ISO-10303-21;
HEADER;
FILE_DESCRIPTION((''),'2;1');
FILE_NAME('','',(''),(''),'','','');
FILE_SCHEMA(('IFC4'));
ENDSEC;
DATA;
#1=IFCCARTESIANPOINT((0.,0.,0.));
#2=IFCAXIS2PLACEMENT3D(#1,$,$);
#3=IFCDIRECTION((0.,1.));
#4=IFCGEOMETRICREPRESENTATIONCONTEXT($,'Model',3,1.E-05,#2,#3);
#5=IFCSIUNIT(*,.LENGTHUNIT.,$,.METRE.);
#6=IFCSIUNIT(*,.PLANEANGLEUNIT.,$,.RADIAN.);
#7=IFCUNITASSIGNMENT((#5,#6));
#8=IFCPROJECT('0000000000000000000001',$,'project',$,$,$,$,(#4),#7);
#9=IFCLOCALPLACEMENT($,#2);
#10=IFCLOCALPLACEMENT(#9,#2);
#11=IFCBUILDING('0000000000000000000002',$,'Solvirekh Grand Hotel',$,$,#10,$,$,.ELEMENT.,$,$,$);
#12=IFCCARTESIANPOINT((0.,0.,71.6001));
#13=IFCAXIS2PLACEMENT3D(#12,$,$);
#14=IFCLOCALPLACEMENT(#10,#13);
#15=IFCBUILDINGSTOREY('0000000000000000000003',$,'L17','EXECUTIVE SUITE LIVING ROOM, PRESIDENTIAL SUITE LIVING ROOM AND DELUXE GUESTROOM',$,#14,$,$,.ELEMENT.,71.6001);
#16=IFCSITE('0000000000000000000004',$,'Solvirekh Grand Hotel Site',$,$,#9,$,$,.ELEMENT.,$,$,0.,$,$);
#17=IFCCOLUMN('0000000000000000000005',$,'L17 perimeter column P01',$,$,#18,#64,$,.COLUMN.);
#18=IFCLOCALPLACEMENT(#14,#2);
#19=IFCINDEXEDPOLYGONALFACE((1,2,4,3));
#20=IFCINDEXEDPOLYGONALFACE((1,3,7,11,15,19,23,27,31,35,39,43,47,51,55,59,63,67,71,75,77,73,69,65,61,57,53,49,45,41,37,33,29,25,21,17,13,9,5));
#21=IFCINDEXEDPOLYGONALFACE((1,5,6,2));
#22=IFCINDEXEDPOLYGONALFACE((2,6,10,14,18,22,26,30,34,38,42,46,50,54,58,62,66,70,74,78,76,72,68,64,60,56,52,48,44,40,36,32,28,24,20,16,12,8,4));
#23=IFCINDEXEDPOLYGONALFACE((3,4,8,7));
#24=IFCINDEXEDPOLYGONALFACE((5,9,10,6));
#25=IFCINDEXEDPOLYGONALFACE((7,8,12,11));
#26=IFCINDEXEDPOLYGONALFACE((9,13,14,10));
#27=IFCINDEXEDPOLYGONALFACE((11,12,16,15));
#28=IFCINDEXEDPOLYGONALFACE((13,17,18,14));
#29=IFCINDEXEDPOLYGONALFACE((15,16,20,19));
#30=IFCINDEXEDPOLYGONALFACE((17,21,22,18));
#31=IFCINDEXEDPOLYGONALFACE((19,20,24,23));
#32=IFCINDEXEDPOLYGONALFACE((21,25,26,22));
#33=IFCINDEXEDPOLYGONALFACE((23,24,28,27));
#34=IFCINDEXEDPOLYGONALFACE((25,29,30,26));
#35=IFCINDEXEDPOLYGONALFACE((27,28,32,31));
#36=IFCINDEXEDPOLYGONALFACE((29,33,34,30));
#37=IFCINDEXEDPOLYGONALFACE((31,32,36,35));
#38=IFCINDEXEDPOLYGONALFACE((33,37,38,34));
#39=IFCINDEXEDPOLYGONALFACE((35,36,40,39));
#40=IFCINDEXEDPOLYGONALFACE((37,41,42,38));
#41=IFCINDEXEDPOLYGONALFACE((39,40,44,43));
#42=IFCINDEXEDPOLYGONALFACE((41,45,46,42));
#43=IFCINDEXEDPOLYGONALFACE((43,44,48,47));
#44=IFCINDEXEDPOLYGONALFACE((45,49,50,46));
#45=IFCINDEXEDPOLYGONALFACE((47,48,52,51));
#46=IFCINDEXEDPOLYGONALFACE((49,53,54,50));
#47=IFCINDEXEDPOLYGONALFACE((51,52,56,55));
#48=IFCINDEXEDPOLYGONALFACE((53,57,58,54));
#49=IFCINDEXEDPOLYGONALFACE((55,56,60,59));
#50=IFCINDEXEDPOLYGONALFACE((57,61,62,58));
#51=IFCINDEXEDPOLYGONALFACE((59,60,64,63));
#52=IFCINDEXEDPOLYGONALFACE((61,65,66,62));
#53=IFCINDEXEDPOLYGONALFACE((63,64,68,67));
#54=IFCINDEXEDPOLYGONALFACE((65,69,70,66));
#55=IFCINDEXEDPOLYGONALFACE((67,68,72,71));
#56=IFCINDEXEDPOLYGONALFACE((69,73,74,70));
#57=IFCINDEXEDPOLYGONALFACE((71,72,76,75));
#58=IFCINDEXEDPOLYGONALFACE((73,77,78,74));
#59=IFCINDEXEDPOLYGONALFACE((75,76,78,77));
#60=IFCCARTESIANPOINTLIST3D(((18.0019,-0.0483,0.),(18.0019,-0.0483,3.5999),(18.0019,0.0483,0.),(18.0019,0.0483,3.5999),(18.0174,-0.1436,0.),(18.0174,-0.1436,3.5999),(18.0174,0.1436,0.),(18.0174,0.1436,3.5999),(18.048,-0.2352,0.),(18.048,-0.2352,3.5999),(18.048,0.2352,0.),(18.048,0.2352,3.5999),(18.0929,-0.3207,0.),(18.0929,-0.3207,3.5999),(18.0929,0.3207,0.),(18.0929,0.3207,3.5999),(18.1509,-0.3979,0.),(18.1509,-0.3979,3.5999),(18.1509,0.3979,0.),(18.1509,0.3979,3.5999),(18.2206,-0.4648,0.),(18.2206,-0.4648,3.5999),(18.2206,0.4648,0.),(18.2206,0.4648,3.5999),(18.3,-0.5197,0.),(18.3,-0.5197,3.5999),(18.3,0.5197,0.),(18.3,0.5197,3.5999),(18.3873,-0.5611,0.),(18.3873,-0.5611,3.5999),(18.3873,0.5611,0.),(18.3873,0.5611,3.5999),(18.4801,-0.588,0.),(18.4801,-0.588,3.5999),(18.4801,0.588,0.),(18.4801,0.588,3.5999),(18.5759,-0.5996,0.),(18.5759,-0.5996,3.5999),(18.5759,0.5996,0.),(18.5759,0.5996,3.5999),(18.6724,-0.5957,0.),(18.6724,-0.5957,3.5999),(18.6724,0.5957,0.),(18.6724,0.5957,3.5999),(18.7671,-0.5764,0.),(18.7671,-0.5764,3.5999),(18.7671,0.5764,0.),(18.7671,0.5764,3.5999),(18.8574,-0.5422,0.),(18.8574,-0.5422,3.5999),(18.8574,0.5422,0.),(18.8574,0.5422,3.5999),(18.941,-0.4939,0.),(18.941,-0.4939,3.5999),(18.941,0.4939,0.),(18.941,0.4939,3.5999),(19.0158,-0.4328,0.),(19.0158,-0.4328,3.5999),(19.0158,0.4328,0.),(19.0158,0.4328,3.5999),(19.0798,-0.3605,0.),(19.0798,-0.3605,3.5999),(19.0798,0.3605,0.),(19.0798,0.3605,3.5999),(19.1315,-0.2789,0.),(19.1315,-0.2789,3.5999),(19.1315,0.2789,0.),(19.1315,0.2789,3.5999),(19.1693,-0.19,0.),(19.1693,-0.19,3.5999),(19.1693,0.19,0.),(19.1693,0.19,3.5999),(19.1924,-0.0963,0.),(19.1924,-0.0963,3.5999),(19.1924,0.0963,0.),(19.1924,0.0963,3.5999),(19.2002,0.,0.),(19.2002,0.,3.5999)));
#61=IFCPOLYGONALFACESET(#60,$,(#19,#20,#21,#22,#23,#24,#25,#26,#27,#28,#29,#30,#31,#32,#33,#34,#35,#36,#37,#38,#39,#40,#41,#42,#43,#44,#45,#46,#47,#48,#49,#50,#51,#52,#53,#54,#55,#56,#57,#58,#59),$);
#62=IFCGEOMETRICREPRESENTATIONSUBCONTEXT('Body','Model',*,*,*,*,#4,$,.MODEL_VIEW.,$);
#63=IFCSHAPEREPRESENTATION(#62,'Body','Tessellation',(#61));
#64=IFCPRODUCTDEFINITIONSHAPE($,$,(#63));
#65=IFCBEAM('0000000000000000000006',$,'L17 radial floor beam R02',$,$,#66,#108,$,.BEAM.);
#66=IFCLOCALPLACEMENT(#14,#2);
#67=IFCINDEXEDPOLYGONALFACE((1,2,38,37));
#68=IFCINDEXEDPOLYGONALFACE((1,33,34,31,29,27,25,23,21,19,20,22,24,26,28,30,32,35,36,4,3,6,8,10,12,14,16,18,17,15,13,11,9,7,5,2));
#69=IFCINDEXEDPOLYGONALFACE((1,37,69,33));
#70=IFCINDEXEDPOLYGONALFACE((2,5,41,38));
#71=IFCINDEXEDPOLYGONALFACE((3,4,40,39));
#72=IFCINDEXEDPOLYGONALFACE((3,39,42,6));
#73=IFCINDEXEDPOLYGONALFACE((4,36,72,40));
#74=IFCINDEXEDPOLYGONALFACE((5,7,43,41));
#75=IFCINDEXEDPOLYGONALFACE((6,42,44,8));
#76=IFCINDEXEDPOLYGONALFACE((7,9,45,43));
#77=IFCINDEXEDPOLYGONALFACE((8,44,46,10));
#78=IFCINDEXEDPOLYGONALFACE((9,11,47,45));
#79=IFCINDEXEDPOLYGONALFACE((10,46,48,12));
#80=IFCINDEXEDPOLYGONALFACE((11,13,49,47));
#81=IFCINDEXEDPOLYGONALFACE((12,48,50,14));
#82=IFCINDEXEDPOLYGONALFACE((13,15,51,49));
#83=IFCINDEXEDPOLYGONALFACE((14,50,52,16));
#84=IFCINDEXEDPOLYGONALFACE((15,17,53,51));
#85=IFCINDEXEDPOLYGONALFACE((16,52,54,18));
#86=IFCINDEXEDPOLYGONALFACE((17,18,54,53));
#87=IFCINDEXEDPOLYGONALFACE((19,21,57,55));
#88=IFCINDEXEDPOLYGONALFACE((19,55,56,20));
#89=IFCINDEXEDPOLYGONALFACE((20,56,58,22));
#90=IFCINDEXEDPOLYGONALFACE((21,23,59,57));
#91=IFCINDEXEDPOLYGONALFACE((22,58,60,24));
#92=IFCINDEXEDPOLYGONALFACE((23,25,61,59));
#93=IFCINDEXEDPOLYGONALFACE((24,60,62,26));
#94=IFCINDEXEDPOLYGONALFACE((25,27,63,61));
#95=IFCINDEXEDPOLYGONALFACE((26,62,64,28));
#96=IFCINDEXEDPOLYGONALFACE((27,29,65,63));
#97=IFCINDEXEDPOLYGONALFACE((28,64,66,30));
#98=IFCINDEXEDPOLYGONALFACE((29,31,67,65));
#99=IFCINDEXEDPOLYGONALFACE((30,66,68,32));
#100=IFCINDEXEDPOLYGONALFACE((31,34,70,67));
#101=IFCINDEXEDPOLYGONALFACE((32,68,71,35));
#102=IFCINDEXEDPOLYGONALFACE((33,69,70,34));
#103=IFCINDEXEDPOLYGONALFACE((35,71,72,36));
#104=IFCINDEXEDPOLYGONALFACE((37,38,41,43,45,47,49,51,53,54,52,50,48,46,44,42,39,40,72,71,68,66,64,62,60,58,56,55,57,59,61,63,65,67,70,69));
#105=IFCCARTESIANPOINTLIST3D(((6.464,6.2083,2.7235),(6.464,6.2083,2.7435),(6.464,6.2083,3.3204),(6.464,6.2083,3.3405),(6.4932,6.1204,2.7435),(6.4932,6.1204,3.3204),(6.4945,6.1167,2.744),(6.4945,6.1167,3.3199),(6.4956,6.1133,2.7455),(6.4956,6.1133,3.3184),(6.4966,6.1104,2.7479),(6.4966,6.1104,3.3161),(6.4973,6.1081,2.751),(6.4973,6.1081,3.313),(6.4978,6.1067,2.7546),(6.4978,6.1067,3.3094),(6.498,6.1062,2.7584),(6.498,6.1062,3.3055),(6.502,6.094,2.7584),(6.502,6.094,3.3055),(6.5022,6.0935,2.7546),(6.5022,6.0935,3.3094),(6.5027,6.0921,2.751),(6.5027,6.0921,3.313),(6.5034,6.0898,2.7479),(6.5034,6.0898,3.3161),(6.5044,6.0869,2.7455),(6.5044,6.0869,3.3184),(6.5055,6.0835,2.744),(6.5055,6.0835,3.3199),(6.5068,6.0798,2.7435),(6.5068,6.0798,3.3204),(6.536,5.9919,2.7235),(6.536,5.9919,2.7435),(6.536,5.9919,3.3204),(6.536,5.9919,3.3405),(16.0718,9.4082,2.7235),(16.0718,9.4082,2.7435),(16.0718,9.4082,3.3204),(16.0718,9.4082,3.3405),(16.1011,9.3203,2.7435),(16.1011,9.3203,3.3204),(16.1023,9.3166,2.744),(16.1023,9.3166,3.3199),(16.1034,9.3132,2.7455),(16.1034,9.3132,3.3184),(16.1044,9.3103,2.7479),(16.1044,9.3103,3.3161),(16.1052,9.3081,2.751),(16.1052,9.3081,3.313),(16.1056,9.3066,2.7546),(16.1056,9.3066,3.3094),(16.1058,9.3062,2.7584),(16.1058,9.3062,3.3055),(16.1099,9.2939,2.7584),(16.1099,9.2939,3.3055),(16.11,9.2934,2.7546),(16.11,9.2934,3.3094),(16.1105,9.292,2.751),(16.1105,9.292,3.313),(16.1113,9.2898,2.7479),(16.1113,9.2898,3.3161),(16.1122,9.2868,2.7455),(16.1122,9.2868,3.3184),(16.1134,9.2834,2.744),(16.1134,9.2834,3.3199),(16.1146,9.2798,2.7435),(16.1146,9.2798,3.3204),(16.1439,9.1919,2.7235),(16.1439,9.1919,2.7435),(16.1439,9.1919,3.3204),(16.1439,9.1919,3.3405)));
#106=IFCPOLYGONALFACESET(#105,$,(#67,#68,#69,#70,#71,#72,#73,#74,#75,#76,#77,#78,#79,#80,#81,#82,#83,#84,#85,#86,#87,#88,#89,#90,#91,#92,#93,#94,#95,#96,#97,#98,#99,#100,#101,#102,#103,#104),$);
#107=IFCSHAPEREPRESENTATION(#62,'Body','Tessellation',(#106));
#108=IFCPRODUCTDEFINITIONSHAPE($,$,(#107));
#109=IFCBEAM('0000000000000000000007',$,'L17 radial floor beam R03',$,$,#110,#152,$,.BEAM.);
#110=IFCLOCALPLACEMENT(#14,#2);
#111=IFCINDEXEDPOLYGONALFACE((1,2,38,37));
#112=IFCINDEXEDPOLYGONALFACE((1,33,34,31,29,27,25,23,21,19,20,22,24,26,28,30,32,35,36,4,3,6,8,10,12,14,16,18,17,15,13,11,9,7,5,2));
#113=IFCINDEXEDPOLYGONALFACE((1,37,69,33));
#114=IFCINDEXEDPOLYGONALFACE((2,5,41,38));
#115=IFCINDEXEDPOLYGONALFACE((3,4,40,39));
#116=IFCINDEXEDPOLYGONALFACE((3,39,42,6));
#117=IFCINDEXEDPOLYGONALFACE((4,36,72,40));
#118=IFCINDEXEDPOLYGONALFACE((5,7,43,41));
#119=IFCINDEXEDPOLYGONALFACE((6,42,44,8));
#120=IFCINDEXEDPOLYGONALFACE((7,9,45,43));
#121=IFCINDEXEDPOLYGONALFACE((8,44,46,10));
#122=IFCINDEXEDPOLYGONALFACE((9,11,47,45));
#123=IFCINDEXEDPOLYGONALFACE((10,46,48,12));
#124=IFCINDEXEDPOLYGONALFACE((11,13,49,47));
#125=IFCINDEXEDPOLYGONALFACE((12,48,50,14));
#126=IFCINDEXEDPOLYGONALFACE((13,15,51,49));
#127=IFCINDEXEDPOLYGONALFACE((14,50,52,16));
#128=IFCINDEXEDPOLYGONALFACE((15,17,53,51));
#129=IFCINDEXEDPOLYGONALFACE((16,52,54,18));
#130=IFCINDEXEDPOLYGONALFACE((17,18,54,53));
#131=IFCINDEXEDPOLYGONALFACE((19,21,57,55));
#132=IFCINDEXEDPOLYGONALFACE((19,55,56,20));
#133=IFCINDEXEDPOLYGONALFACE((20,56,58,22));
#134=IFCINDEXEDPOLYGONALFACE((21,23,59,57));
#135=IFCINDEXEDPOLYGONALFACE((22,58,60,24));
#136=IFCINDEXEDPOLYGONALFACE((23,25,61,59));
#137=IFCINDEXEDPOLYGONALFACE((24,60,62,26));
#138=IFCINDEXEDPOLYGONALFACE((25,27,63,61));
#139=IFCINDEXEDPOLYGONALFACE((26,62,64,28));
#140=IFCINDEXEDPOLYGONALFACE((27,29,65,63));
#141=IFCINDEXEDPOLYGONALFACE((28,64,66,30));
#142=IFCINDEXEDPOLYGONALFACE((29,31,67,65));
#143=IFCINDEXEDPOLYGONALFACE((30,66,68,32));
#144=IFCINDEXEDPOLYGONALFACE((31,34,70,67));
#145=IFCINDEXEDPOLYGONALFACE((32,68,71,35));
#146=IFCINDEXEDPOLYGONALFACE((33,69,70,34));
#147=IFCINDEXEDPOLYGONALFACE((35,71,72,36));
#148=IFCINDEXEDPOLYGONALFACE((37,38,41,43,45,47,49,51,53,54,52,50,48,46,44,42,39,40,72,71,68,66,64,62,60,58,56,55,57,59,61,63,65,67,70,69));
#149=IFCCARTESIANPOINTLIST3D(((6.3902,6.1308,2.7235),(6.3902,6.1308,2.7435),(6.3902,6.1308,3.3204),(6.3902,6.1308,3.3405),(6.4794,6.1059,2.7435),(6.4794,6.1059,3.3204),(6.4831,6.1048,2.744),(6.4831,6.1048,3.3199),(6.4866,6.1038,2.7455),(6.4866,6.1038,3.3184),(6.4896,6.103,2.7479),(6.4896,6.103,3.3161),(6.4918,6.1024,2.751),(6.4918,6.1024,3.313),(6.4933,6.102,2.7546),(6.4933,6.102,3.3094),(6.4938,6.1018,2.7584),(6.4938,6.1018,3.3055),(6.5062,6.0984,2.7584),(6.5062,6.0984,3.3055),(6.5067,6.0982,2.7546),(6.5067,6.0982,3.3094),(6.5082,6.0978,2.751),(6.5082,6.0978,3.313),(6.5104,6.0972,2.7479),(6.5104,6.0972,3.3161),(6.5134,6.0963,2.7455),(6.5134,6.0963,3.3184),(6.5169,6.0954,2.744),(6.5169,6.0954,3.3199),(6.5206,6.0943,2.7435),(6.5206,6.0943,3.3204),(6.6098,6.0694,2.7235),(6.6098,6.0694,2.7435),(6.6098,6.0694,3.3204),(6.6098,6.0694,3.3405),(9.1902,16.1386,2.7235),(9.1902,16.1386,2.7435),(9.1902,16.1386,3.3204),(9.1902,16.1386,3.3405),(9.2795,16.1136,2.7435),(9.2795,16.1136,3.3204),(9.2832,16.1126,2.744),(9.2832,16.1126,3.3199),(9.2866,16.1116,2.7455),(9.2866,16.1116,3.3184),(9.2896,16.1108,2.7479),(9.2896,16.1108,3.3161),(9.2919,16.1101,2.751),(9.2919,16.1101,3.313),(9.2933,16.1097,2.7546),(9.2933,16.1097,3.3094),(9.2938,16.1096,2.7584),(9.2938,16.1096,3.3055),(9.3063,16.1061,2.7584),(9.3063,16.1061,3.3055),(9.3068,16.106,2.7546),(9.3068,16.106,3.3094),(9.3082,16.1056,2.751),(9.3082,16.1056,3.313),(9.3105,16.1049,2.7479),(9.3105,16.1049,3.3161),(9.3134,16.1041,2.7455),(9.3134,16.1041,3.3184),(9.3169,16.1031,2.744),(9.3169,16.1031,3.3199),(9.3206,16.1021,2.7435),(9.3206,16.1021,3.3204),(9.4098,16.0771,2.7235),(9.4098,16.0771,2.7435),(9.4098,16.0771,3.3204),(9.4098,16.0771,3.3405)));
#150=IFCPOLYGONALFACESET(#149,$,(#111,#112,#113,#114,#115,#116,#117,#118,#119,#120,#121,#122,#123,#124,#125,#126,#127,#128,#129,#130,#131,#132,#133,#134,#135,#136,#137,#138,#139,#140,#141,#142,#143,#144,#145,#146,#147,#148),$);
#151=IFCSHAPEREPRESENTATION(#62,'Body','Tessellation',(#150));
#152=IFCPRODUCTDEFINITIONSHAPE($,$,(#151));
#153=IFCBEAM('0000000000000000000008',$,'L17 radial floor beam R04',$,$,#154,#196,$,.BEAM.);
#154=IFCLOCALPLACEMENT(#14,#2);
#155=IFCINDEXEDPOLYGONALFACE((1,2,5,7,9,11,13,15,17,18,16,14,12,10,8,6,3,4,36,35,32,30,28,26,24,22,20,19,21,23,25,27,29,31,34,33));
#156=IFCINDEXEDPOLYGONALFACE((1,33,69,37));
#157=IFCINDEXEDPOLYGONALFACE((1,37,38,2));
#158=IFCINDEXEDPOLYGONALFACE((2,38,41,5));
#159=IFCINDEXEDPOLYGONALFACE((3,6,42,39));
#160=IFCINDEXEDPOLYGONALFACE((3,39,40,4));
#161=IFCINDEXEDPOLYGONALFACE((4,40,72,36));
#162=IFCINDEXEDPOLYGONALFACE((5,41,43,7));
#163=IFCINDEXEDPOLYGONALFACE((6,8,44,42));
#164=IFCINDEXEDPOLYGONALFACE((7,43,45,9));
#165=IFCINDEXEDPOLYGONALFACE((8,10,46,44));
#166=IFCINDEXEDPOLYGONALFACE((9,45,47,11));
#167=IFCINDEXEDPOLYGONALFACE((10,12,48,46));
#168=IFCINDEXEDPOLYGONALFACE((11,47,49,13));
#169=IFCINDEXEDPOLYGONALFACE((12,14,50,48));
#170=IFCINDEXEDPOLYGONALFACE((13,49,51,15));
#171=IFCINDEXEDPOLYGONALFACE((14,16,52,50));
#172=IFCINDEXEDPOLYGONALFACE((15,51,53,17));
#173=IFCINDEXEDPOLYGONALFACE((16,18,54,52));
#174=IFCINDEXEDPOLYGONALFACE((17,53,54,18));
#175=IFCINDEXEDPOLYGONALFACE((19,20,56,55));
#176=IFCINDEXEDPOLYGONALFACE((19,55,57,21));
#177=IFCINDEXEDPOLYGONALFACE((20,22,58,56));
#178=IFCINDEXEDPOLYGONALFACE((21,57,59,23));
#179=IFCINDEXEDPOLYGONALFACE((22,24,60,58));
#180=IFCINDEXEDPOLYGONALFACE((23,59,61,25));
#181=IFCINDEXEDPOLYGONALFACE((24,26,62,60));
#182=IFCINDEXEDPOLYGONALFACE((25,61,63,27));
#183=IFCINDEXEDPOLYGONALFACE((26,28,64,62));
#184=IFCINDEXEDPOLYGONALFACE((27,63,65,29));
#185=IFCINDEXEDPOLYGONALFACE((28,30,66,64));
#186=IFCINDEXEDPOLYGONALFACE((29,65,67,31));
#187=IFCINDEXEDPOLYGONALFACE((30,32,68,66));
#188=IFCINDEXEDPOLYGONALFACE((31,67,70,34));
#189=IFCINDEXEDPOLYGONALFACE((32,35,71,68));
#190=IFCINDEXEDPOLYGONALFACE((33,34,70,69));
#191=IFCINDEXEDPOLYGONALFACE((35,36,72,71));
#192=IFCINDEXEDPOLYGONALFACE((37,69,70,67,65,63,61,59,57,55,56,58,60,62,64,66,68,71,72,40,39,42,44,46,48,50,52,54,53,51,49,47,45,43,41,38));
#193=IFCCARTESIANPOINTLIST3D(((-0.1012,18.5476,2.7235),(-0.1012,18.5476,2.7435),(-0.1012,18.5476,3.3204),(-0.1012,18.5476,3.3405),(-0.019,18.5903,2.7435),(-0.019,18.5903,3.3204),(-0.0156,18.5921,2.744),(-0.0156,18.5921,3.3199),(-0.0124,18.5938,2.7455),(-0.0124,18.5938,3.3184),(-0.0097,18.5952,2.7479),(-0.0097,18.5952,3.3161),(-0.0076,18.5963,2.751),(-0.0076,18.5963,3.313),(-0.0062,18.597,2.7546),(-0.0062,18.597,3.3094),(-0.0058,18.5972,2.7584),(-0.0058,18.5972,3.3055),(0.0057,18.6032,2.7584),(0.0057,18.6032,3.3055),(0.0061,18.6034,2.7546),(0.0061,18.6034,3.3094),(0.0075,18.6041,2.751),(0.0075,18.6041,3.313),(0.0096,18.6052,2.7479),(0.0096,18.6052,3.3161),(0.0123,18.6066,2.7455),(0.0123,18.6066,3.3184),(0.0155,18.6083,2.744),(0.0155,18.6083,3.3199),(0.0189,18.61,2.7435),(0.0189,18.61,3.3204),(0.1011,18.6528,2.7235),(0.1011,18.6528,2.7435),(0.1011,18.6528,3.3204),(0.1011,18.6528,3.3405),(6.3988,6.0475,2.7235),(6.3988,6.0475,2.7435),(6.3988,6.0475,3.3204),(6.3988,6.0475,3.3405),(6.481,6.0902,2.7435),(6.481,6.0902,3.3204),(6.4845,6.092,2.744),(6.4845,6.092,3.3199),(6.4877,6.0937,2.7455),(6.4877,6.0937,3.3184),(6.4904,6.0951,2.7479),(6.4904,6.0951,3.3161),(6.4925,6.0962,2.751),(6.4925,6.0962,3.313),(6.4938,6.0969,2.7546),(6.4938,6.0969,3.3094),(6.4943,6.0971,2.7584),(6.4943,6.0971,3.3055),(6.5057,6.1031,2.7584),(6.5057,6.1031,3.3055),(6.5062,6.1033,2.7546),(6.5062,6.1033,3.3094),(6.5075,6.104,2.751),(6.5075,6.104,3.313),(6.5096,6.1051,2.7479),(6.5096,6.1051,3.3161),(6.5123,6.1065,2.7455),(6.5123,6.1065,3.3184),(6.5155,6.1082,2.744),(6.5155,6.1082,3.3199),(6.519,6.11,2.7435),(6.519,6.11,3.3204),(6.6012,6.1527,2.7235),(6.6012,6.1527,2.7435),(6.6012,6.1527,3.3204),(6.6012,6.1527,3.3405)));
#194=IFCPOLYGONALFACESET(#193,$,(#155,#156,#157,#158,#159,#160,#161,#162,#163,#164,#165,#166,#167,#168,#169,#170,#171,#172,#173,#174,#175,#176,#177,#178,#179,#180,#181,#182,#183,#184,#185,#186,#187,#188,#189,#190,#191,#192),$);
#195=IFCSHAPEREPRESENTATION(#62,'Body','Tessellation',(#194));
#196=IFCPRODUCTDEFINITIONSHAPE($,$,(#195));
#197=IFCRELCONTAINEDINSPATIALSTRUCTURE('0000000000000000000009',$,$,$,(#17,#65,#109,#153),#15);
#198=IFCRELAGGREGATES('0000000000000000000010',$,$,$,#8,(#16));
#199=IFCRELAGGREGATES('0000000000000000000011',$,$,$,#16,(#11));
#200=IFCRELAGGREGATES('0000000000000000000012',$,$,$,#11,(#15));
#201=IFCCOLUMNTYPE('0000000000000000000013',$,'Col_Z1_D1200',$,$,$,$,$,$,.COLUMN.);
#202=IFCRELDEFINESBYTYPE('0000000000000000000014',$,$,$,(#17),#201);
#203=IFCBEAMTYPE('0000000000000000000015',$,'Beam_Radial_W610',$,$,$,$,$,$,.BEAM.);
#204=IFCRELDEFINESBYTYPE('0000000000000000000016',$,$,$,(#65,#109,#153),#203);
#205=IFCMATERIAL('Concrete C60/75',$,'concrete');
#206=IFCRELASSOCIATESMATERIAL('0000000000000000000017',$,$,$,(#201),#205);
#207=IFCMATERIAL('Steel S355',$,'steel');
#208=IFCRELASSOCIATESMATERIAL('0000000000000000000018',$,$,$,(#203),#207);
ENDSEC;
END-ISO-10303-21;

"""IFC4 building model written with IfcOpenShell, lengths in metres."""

from ifc_helpers import new_model, si_unit, direction, frame, origin, origin_2d, place, context, subcontext, project, spatial, circle, i_section, extrude, material, material_profile, profile_set, type_object, element, save


model = new_model("IFC4")

# Units and contexts
model_context = context("Model", 3, precision=1e-05, world=origin(), true_north=direction((0.0, 1.0)))
body_context = subcontext(model_context, "Body", "Model", "MODEL_VIEW")
ifc_project = project(units=[si_unit("LENGTHUNIT", "METRE"), si_unit("PLANEANGLEUNIT", "RADIAN")], contexts=[model_context])

# Site, building, storey
site_placement = place(None, origin())
site = spatial("IfcSite", under=ifc_project, at=site_placement, Name="Solvirekh Grand Hotel Site", CompositionType="ELEMENT", RefElevation=0.0)
building_placement = place(site_placement, origin())
building = spatial("IfcBuilding", under=site, at=building_placement, Name="Solvirekh Grand Hotel", CompositionType="ELEMENT")
storey_placement = place(building_placement, frame((0.0, 0.0, 71.6001)))
storey = spatial("IfcBuildingStorey", under=building, at=storey_placement, Name="L17", Description="EXECUTIVE SUITE LIVING ROOM, PRESIDENTIAL SUITE LIVING ROOM AND DELUXE GUESTROOM", CompositionType="ELEMENT", Elevation=71.6001)

# Column
ifc_material_1 = material(Name="Concrete C60/75", Category="concrete")
ifc_material_profile_1 = material_profile(ifc_material_1, circle(Radius=0.6001, at=origin_2d()), Name="RC CIRC D1200")
ifc_profile_set_1 = profile_set([ifc_material_profile_1], Name="Concrete C60/75")
column_type = type_object("IfcColumnType", Name="Col_Z1_D1200", PredefinedType="COLUMN", material=ifc_profile_set_1)
column_placement = place(storey_placement, frame((18.6001, 0.0, 0.0), z_axis=(0.0, 0.0, 1.0), x_axis=(1.0, 0.0, 0.0)))
element("IfcColumn", 1, at=column_placement, inside=storey, type_object=column_type, Name="L17 perimeter column P01", PredefinedType="COLUMN", context=body_context, shape_type="SweptSolid", body=[
    extrude(circle(Radius=0.6001, at=origin_2d()), origin(), (0.0, 0.0, 1.0), 3.5999),
])

# Beams
ifc_material_2 = material(Name="Steel S355", Category="steel")
ifc_material_profile_2 = material_profile(ifc_material_2, i_section(OverallWidth=0.228, OverallDepth=0.6169, WebThickness=0.0129, FlangeThickness=0.02, FilletRadius=0.0149, at=origin_2d()), Name="W610X140")
ifc_profile_set_2 = profile_set([ifc_material_profile_2], Name="Steel S355")
beam_type_1 = type_object("IfcBeamType", Name="Beam_Radial_W610", PredefinedType="BEAM", material=ifc_profile_set_2)
beam_1_placement = place(storey_placement, frame((6.5, 6.1001, 3.032), z_axis=(0.948763, 0.315989, 0.0), x_axis=(-0.315989, 0.948763, 0.0)))
element("IfcBeam", 2, at=beam_1_placement, inside=storey, type_object=beam_type_1, Name="L17 radial floor beam R02", PredefinedType="BEAM", context=body_context, shape_type="SweptSolid", body=[
    extrude(i_section(OverallWidth=0.228, OverallDepth=0.6169, WebThickness=0.0129, FlangeThickness=0.02, FilletRadius=0.0149, at=origin_2d()), origin(), (0.0, 0.0, 1.0), 10.1267),
])
beam_2_placement = place(storey_placement, frame((6.5, 6.1001, 3.032), z_axis=(0.269439, 0.963017, 0.0), x_axis=(-0.963017, 0.269439, 0.0)))
element("IfcBeam", 3, at=beam_2_placement, inside=storey, type_object=beam_type_1, Name="L17 radial floor beam R03", PredefinedType="BEAM", context=body_context, shape_type="SweptSolid", body=[
    extrude(i_section(OverallWidth=0.228, OverallDepth=0.6169, WebThickness=0.0129, FlangeThickness=0.02, FilletRadius=0.0149, at=origin_2d()), origin(), (0.0, 0.0, 1.0), 10.3921),
])
beam_3_placement = place(storey_placement, frame((6.5, 6.1001, 3.032), z_axis=(-0.461353, 0.887217, 0.0), x_axis=(-0.887217, -0.461353, 0.0)))
element("IfcBeam", 4, at=beam_3_placement, inside=storey, type_object=beam_type_1, Name="L17 radial floor beam R04", PredefinedType="BEAM", context=body_context, shape_type="SweptSolid", body=[
    extrude(i_section(OverallWidth=0.228, OverallDepth=0.6169, WebThickness=0.0129, FlangeThickness=0.02, FilletRadius=0.0149, at=origin_2d()), origin(), (0.0, 0.0, 1.0), 14.0891),
])

save(model, "model.ifc")
